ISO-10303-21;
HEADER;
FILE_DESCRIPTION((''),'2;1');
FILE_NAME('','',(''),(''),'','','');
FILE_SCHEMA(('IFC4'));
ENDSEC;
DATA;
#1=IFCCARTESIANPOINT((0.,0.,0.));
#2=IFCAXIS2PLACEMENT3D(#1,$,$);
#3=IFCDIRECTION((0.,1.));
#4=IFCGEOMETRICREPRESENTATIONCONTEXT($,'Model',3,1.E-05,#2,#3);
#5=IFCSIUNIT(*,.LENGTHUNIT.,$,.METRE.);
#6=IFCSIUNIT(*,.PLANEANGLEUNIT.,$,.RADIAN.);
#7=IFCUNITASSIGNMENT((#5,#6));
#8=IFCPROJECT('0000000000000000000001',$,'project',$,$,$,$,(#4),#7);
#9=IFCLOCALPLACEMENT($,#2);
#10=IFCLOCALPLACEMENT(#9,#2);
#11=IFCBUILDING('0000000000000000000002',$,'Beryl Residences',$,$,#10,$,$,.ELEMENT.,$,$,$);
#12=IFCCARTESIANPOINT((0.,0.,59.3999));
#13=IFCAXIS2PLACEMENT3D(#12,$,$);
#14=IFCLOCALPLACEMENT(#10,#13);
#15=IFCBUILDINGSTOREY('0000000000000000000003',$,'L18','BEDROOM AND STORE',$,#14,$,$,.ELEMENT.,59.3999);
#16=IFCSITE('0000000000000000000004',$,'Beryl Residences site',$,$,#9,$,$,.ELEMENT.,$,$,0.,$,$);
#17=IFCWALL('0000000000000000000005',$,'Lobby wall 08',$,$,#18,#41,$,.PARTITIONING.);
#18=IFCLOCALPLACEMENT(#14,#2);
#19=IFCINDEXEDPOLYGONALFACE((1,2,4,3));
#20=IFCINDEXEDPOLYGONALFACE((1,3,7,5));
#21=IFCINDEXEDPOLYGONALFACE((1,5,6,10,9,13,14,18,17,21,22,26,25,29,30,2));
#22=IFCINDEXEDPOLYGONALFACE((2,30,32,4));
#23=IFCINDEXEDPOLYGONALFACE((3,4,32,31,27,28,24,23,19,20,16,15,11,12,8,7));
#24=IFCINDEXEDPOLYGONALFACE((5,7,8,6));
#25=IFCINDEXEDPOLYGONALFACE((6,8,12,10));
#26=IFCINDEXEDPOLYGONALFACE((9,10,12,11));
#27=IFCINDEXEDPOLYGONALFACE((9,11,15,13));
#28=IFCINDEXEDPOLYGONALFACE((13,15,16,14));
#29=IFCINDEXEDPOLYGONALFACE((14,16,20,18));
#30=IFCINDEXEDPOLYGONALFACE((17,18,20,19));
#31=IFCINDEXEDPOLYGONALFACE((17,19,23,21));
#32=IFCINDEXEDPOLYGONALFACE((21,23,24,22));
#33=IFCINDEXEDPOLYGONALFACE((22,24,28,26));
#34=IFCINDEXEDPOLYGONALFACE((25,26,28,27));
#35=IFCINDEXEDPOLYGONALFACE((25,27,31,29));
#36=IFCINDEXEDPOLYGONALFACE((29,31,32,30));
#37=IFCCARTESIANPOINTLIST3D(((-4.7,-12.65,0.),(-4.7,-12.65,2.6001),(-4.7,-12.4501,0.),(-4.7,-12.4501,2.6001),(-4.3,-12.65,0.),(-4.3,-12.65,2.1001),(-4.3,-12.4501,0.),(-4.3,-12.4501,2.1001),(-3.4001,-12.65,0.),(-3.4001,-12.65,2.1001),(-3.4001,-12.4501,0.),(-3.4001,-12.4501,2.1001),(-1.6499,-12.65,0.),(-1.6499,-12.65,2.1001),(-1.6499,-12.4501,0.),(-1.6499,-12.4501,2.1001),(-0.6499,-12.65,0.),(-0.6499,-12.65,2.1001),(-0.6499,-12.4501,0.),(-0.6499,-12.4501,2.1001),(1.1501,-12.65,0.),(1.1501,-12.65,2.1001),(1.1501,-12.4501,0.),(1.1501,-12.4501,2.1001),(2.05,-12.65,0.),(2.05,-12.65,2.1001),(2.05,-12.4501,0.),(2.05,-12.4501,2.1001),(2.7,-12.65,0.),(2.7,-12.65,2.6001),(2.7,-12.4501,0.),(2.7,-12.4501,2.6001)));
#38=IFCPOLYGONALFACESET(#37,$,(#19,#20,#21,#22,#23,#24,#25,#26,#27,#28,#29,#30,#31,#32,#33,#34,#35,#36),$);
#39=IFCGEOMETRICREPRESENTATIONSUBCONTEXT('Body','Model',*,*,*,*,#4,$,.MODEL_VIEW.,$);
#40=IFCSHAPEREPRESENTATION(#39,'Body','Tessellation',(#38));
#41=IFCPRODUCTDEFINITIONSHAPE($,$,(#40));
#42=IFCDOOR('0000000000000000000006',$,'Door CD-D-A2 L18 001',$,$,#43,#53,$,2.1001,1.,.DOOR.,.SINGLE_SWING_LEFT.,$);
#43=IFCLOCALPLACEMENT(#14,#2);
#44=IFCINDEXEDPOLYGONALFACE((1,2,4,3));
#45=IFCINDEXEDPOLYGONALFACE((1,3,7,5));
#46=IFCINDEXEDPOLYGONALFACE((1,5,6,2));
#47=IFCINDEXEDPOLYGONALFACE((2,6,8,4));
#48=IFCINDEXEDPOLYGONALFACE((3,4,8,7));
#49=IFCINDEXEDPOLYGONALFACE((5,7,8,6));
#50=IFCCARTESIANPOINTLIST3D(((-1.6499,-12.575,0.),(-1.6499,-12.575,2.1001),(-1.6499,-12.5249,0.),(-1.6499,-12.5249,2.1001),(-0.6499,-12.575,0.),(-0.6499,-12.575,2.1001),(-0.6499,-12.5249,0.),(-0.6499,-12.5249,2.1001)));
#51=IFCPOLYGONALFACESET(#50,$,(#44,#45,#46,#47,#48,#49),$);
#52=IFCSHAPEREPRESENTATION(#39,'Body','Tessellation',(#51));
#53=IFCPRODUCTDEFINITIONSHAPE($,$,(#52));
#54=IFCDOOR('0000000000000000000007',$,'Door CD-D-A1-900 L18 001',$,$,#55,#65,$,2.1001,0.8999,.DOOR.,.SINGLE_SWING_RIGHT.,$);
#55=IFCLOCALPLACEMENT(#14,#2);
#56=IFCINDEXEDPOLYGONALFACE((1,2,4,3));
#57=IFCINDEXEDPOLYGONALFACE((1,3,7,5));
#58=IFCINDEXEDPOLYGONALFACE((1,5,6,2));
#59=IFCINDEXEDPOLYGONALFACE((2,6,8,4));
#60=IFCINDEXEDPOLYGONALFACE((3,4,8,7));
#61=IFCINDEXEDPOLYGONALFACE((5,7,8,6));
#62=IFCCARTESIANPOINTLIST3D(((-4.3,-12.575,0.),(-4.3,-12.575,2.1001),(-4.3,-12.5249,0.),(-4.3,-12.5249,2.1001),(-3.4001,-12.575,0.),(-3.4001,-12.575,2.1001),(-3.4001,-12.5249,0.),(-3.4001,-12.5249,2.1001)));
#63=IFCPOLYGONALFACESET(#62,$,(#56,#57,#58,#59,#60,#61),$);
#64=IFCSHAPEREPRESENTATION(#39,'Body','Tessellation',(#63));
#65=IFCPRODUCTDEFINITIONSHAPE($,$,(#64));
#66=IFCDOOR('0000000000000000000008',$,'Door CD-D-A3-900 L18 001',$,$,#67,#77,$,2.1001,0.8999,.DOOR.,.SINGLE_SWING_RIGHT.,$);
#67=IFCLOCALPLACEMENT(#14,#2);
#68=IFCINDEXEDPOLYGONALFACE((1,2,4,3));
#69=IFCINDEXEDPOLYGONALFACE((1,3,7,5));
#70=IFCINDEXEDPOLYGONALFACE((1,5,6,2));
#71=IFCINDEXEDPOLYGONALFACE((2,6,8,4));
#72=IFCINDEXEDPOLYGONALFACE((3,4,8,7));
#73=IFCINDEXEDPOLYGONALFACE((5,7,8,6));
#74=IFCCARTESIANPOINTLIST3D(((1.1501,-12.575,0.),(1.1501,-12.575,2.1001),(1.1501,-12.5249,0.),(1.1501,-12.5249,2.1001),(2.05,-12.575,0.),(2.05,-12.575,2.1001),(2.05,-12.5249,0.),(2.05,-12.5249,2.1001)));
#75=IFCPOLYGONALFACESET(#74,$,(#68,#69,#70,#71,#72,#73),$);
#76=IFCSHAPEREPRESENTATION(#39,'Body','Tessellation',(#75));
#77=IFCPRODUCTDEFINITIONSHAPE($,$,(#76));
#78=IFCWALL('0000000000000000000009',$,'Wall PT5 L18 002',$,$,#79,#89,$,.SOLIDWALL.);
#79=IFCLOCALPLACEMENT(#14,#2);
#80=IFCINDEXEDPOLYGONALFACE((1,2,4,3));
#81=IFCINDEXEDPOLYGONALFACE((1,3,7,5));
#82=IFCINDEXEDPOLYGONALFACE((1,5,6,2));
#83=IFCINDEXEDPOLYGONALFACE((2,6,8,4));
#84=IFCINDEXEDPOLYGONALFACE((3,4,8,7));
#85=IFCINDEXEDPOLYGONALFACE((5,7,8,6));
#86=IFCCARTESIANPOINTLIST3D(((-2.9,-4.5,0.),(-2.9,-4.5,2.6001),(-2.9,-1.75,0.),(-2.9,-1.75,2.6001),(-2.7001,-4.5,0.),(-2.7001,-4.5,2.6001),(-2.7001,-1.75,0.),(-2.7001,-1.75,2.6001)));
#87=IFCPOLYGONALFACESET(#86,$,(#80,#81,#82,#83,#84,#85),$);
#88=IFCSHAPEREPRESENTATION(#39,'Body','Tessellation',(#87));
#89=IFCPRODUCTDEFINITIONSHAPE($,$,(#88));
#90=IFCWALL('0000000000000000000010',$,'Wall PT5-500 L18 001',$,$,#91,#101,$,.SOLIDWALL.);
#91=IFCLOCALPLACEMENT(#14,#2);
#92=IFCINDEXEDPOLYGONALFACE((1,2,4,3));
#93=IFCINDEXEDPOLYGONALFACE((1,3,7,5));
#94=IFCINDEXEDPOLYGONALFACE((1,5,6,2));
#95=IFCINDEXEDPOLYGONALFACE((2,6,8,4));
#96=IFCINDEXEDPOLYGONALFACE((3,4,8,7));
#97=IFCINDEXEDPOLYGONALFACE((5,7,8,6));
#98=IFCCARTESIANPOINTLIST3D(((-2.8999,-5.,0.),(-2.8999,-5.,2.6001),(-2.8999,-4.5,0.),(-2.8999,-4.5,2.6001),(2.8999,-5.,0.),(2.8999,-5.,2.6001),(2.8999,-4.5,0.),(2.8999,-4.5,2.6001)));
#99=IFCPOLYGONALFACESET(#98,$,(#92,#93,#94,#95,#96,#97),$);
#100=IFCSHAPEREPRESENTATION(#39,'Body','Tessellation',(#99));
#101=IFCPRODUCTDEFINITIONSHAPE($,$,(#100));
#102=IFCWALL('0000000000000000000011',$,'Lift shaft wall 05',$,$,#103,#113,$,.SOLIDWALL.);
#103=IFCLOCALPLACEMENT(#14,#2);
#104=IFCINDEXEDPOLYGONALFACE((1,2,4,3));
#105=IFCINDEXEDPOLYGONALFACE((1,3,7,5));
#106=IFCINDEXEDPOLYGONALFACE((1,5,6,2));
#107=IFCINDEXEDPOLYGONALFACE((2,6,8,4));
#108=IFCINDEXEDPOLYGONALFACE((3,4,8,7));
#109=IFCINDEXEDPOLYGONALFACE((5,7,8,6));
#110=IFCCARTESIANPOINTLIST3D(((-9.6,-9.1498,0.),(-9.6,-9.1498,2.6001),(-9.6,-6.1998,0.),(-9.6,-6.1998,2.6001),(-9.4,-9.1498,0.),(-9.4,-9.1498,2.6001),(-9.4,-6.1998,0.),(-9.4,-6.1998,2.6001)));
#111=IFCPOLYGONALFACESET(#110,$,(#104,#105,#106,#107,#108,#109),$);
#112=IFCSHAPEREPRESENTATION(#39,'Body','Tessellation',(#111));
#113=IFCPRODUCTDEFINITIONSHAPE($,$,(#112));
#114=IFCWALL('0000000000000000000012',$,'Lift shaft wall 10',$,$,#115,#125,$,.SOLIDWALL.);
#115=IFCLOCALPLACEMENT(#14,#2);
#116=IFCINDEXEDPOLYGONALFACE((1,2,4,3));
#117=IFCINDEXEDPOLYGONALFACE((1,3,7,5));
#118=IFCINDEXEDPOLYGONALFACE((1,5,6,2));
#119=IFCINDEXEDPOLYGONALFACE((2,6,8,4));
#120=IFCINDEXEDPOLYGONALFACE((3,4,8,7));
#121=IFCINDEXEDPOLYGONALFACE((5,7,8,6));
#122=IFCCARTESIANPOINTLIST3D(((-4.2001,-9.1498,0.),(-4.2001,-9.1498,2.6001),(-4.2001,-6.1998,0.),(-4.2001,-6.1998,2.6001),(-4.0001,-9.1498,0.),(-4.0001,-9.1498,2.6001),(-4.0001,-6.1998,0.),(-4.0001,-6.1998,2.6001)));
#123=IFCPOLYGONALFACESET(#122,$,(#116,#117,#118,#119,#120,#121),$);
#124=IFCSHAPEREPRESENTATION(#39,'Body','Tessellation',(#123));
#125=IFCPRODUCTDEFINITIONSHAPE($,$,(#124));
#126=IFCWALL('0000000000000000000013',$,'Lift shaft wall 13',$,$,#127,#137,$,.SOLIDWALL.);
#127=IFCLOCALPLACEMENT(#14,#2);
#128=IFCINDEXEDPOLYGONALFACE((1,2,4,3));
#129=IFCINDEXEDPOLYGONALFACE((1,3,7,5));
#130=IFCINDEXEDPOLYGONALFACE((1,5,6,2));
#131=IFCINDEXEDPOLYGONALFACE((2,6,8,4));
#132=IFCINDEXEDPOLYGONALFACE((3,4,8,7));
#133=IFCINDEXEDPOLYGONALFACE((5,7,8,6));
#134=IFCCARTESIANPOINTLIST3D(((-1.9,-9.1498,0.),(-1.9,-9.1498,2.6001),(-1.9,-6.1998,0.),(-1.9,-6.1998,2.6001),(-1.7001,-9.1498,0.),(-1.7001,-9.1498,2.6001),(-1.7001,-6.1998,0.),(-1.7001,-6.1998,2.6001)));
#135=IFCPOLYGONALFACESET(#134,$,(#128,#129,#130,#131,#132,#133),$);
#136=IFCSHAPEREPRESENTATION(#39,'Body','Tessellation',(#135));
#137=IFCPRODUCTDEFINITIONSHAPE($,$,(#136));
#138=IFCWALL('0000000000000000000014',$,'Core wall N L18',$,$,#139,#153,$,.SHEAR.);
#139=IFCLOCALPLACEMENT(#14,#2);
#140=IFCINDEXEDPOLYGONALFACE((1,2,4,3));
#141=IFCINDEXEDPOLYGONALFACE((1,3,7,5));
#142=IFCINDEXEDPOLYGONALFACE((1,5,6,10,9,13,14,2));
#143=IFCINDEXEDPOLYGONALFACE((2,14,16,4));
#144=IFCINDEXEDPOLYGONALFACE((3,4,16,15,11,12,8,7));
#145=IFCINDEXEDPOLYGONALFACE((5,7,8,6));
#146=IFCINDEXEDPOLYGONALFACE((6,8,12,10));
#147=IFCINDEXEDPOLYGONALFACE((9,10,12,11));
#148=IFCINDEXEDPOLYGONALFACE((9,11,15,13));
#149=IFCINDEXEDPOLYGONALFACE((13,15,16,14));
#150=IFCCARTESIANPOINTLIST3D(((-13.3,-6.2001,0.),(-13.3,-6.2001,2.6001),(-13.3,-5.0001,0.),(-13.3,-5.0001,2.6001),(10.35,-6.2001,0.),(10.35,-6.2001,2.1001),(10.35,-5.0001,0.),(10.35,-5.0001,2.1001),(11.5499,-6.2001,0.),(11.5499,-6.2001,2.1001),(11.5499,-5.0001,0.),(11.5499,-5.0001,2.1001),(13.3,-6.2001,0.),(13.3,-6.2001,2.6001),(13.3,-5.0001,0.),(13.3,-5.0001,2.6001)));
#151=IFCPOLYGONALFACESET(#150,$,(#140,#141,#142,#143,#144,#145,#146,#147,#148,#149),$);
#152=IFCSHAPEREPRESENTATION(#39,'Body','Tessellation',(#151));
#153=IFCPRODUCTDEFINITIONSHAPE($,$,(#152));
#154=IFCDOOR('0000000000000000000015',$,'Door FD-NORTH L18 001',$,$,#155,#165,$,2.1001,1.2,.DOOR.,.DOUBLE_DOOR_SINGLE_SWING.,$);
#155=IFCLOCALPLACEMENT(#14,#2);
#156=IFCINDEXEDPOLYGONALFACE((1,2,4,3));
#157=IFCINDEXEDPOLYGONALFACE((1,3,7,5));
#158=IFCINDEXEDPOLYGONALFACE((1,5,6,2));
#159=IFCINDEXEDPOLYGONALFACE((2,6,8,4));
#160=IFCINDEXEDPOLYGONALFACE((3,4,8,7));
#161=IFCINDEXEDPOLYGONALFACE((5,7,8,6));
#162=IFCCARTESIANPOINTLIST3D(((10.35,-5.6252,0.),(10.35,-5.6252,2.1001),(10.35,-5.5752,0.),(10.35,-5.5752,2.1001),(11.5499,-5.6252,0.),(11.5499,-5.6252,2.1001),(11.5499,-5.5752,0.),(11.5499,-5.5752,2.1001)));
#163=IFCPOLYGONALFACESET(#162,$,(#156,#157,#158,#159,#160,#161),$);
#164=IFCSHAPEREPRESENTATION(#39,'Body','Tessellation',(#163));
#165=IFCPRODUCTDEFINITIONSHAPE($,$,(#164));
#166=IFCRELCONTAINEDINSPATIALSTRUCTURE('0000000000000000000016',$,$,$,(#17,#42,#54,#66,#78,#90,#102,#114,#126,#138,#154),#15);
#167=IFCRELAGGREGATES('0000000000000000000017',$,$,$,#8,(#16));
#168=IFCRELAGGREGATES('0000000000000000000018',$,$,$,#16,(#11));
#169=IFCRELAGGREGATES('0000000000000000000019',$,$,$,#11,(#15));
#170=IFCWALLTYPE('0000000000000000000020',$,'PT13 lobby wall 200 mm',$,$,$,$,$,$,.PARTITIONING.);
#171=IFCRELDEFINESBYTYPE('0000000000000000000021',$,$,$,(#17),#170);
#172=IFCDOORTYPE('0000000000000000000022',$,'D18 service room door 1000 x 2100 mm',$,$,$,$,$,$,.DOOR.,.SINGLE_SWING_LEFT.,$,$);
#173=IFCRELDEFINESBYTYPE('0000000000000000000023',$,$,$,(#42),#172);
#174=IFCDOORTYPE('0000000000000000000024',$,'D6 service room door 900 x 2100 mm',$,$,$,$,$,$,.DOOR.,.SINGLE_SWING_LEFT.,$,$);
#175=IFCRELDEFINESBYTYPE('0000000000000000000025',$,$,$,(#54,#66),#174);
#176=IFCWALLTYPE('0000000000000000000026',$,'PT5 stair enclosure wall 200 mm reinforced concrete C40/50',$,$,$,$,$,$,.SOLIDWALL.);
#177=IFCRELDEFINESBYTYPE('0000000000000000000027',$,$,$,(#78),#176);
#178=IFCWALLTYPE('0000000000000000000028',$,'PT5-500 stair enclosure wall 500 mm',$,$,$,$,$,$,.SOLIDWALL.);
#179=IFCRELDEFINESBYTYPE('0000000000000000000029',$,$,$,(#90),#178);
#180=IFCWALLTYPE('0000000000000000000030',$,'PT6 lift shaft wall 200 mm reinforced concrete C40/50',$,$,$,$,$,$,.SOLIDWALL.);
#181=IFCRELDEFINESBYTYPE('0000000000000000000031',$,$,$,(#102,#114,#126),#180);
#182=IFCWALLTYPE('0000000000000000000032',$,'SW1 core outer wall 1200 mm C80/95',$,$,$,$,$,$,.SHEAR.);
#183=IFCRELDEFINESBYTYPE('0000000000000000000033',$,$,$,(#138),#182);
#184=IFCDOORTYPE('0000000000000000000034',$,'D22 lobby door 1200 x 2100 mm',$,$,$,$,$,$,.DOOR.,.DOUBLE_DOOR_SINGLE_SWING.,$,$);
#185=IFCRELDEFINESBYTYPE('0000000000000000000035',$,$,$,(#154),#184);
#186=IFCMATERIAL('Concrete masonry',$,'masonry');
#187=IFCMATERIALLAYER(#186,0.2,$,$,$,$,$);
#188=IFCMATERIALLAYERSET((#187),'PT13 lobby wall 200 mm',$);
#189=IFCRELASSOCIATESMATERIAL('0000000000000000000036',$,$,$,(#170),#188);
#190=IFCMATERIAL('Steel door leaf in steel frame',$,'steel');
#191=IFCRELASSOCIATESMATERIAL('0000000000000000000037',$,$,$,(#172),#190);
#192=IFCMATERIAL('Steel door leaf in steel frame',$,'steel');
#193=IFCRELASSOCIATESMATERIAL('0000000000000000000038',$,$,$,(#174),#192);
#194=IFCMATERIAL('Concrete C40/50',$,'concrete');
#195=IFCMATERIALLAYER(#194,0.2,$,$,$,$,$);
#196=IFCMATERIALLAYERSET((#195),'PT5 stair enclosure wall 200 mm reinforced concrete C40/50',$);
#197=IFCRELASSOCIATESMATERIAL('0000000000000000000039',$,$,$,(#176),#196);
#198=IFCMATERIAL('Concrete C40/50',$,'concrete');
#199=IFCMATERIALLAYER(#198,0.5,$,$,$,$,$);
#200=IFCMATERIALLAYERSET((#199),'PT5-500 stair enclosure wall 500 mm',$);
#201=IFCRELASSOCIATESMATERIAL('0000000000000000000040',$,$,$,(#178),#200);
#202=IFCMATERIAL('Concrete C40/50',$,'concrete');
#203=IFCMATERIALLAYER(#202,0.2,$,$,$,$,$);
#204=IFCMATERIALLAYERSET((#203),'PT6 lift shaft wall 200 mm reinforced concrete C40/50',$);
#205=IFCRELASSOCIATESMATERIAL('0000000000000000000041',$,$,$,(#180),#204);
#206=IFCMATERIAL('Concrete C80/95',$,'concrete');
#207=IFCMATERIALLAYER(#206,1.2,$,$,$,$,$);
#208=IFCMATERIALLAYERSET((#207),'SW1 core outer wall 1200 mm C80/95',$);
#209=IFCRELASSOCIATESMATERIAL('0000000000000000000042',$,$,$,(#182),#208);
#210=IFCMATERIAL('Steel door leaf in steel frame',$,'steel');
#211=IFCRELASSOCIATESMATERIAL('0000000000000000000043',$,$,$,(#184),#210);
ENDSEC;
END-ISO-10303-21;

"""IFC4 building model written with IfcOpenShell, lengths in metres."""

from ifc_helpers import new_model, si_unit, direction, frame, frame_2d, origin, place, context, subcontext, project, spatial, rectangle, extrude, material, layer, layer_set, type_object, element, fill, save


model = new_model("IFC4")

# Units and contexts
model_context = context("Model", 3, precision=1e-05, world=origin(), true_north=direction((0.0, 1.0)))
body_context = subcontext(model_context, "Body", "Model", "MODEL_VIEW")
ifc_project = project(units=[si_unit("LENGTHUNIT", "METRE"), si_unit("PLANEANGLEUNIT", "RADIAN")], contexts=[model_context])

# Site, building, storey
site_placement = place(None, origin())
site = spatial("IfcSite", under=ifc_project, at=site_placement, Name="Beryl Residences site", CompositionType="ELEMENT", RefElevation=0.0)
building_placement = place(site_placement, origin())
building = spatial("IfcBuilding", under=site, at=building_placement, Name="Beryl Residences", CompositionType="ELEMENT")
storey_placement = place(building_placement, frame((0.0, 0.0, 59.3999)))
storey = spatial("IfcBuildingStorey", under=building, at=storey_placement, Name="L18", Description="BEDROOM AND STORE", CompositionType="ELEMENT", Elevation=59.3999)

# Wall, openings, doors
ifc_material_1 = material(Name="Concrete masonry", Category="masonry")
ifc_layer_1 = layer(ifc_material_1, 0.2)
ifc_layer_set_1 = layer_set([ifc_layer_1], Name="PT13 lobby wall 200 mm")
wall_type_1 = type_object("IfcWallType", Name="PT13 lobby wall 200 mm", PredefinedType="PARTITIONING", material=ifc_layer_set_1)
wall_1_placement = place(storey_placement, frame((-4.7, -12.55, 0.0), z_axis=(0.0, 0.0, 1.0), x_axis=(1.0, 0.0, 0.0)))
wall_1 = element("IfcWall", 1, at=wall_1_placement, inside=storey, type_object=wall_type_1, Name="Lobby wall 08", PredefinedType="PARTITIONING", context=body_context, shape_type="SweptSolid", body=[
    extrude(rectangle(XDim=7.3999, YDim=0.2, at=frame_2d((3.7, 0.0))), origin(), (0.0, 0.0, 1.0), 2.6001),
])
opening_1_placement = place(wall_1_placement, frame((1.2998, 0.0, 0.0), z_axis=(0.0, 0.0, 1.0), x_axis=(-1.0, 0.0, 0.0)))
opening_1 = element("IfcOpeningElement", 2, at=opening_1_placement, cuts=wall_1, PredefinedType="OPENING", context=body_context, shape_type="SweptSolid", body=[
    extrude(rectangle(XDim=0.8999, YDim=2.1001, at=frame_2d((0.45, 1.05))), frame((0.0, 0.1099, 0.0), z_axis=(0.0, -1.0, 0.0), x_axis=(1.0, 0.0, 0.0)), (0.0, 0.0, 1.0), 0.22),
])
opening_2_placement = place(wall_1_placement, frame((4.05, 0.0, 0.0), z_axis=(0.0, 0.0, 1.0), x_axis=(-1.0, 0.0, 0.0)))
opening_2 = element("IfcOpeningElement", 3, at=opening_2_placement, cuts=wall_1, PredefinedType="OPENING", context=body_context, shape_type="SweptSolid", body=[
    extrude(rectangle(XDim=1.0, YDim=2.1001, at=frame_2d((0.5, 1.05))), frame((0.0, 0.1099, 0.0), z_axis=(0.0, -1.0, 0.0), x_axis=(1.0, 0.0, 0.0)), (0.0, 0.0, 1.0), 0.22),
])
opening_3_placement = place(wall_1_placement, frame((6.75, 0.0, 0.0), z_axis=(0.0, 0.0, 1.0), x_axis=(-1.0, 0.0, 0.0)))
opening_3 = element("IfcOpeningElement", 4, at=opening_3_placement, cuts=wall_1, PredefinedType="OPENING", context=body_context, shape_type="SweptSolid", body=[
    extrude(rectangle(XDim=0.8999, YDim=2.1001, at=frame_2d((0.45, 1.05))), frame((0.0, 0.1099, 0.0), z_axis=(0.0, -1.0, 0.0), x_axis=(1.0, 0.0, 0.0)), (0.0, 0.0, 1.0), 0.22),
])
ifc_material_2 = material(Name="Steel door leaf in steel frame", Category="steel")
door_type_1 = type_object("IfcDoorType", Name="D18 service room door 1000 x 2100 mm", OperationType="SINGLE_SWING_LEFT", PredefinedType="DOOR", material=ifc_material_2)
door_1_placement = place(opening_2_placement, origin())
door_1 = element("IfcDoor", 5, at=door_1_placement, inside=storey, type_object=door_type_1, Name="Door CD-D-A2 L18 001", OperationType="SINGLE_SWING_LEFT", OverallHeight=2.1001, OverallWidth=1.0, PredefinedType="DOOR", context=body_context, shape_type="SweptSolid", body=[
    extrude(rectangle(XDim=1.0, YDim=2.1001, at=frame_2d((0.5, 1.05))), frame((0.0, 0.0249, 0.0), z_axis=(0.0, -1.0, 0.0), x_axis=(1.0, 0.0, 0.0)), (0.0, 0.0, 1.0), 0.05),
])
fill(opening_2, door_1)
ifc_material_3 = material(Name="Steel door leaf in steel frame", Category="steel")
door_type_2 = type_object("IfcDoorType", Name="D6 service room door 900 x 2100 mm", OperationType="SINGLE_SWING_LEFT", PredefinedType="DOOR", material=ifc_material_3)
door_2_placement = place(opening_1_placement, origin())
door_2 = element("IfcDoor", 6, at=door_2_placement, inside=storey, type_object=door_type_2, Name="Door CD-D-A1-900 L18 001", OperationType="SINGLE_SWING_RIGHT", OverallHeight=2.1001, OverallWidth=0.8999, PredefinedType="DOOR", context=body_context, shape_type="SweptSolid", body=[
    extrude(rectangle(XDim=0.8999, YDim=2.1001, at=frame_2d((0.45, 1.05))), frame((0.0, 0.0249, 0.0), z_axis=(0.0, -1.0, 0.0), x_axis=(1.0, 0.0, 0.0)), (0.0, 0.0, 1.0), 0.05),
])
fill(opening_1, door_2)
door_3_placement = place(opening_3_placement, origin())
door_3 = element("IfcDoor", 7, at=door_3_placement, inside=storey, type_object=door_type_2, Name="Door CD-D-A3-900 L18 001", OperationType="SINGLE_SWING_RIGHT", OverallHeight=2.1001, OverallWidth=0.8999, PredefinedType="DOOR", context=body_context, shape_type="SweptSolid", body=[
    extrude(rectangle(XDim=0.8999, YDim=2.1001, at=frame_2d((0.45, 1.05))), frame((0.0, 0.0249, 0.0), z_axis=(0.0, -1.0, 0.0), x_axis=(1.0, 0.0, 0.0)), (0.0, 0.0, 1.0), 0.05),
])
fill(opening_3, door_3)

# Walls
ifc_material_4 = material(Name="Concrete C40/50", Category="concrete")
ifc_layer_2 = layer(ifc_material_4, 0.2)
ifc_layer_set_2 = layer_set([ifc_layer_2], Name="PT5 stair enclosure wall 200 mm reinforced concrete C40/50")
wall_type_2 = type_object("IfcWallType", Name="PT5 stair enclosure wall 200 mm reinforced concrete C40/50", PredefinedType="SOLIDWALL", material=ifc_layer_set_2)
wall_2_placement = place(storey_placement, frame((-2.8, -4.5, 0.0), z_axis=(0.0, 0.0, 1.0), x_axis=(0.0, 1.0, 0.0)))
element("IfcWall", 8, at=wall_2_placement, inside=storey, type_object=wall_type_2, Name="Wall PT5 L18 002", PredefinedType="SOLIDWALL", context=body_context, shape_type="SweptSolid", body=[
    extrude(rectangle(XDim=2.75, YDim=0.2, at=frame_2d((1.375, 0.0))), origin(), (0.0, 0.0, 1.0), 2.6001),
])
ifc_material_5 = material(Name="Concrete C40/50", Category="concrete")
ifc_layer_3 = layer(ifc_material_5, 0.5)
ifc_layer_set_3 = layer_set([ifc_layer_3], Name="PT5-500 stair enclosure wall 500 mm")
wall_type_3 = type_object("IfcWallType", Name="PT5-500 stair enclosure wall 500 mm", PredefinedType="SOLIDWALL", material=ifc_layer_set_3)
wall_3_placement = place(storey_placement, frame((-2.8999, -4.75, 0.0), z_axis=(0.0, 0.0, 1.0), x_axis=(1.0, 0.0, 0.0)))
element("IfcWall", 9, at=wall_3_placement, inside=storey, type_object=wall_type_3, Name="Wall PT5-500 L18 001", PredefinedType="SOLIDWALL", context=body_context, shape_type="SweptSolid", body=[
    extrude(rectangle(XDim=5.7998, YDim=0.5, at=frame_2d((2.8999, 0.0))), origin(), (0.0, 0.0, 1.0), 2.6001),
])
ifc_material_6 = material(Name="Concrete C40/50", Category="concrete")
ifc_layer_4 = layer(ifc_material_6, 0.2)
ifc_layer_set_4 = layer_set([ifc_layer_4], Name="PT6 lift shaft wall 200 mm reinforced concrete C40/50")
wall_type_4 = type_object("IfcWallType", Name="PT6 lift shaft wall 200 mm reinforced concrete C40/50", PredefinedType="SOLIDWALL", material=ifc_layer_set_4)
for number, where, z_axis, x_axis, name in (
    (10, (-9.5, -9.1499, 0.0), (0.0, 0.0, 1.0), (0.0, 1.0, 0.0), "Lift shaft wall 05"),
    (11, (-4.1001, -9.1499, 0.0), (0.0, 0.0, 1.0), (0.0, 1.0, 0.0), "Lift shaft wall 10"),
    (12, (-1.8, -9.1499, 0.0), (0.0, 0.0, 1.0), (0.0, 1.0, 0.0), "Lift shaft wall 13"),
):
    element("IfcWall", number, at=place(storey_placement, frame(where, z_axis=z_axis, x_axis=x_axis)), inside=storey, type_object=wall_type_4, Name=name, PredefinedType="SOLIDWALL", context=body_context, shape_type="SweptSolid", body=[
        extrude(rectangle(XDim=2.95, YDim=0.2, at=frame_2d((1.4751, 0.0))), origin(), (0.0, 0.0, 1.0), 2.6001),
    ])

# Wall, opening, door
ifc_material_7 = material(Name="Concrete C80/95", Category="concrete")
ifc_layer_5 = layer(ifc_material_7, 1.2)
ifc_layer_set_5 = layer_set([ifc_layer_5], Name="SW1 core outer wall 1200 mm C80/95")
wall_type_5 = type_object("IfcWallType", Name="SW1 core outer wall 1200 mm C80/95", PredefinedType="SHEAR", material=ifc_layer_set_5)
wall_4_placement = place(storey_placement, frame((-13.3, -5.6001, 0.0), z_axis=(0.0, 0.0, 1.0), x_axis=(1.0, 0.0, 0.0)))
wall_4 = element("IfcWall", 13, at=wall_4_placement, inside=storey, type_object=wall_type_5, Name="Core wall N L18", PredefinedType="SHEAR", context=body_context, shape_type="SweptSolid", body=[
    extrude(rectangle(XDim=26.6001, YDim=1.2, at=frame_2d((13.3, 0.0))), origin(), (0.0, 0.0, 1.0), 2.6001),
])
opening_4_placement = place(wall_4_placement, frame((23.6499, 0.0, 0.0)))
opening_4 = element("IfcOpeningElement", 14, at=opening_4_placement, cuts=wall_4, PredefinedType="OPENING", context=body_context, shape_type="SweptSolid", body=[
    extrude(rectangle(XDim=1.2, YDim=2.1001, at=frame_2d((0.6001, 1.05))), frame((0.0, 0.6099, 0.0), z_axis=(0.0, -1.0, 0.0), x_axis=(1.0, 0.0, 0.0)), (0.0, 0.0, 1.0), 1.22),
])
ifc_material_8 = material(Name="Steel door leaf in steel frame", Category="steel")
door_type_3 = type_object("IfcDoorType", Name="D22 lobby door 1200 x 2100 mm", OperationType="DOUBLE_DOOR_SINGLE_SWING", PredefinedType="DOOR", material=ifc_material_8)
door_4_placement = place(opening_4_placement, origin())
door_4 = element("IfcDoor", 15, at=door_4_placement, inside=storey, type_object=door_type_3, Name="Door FD-NORTH L18 001", OperationType="DOUBLE_DOOR_SINGLE_SWING", OverallHeight=2.1001, OverallWidth=1.2, PredefinedType="DOOR", context=body_context, shape_type="SweptSolid", body=[
    extrude(rectangle(XDim=1.2, YDim=2.1001, at=frame_2d((0.6001, 1.05))), frame((0.0, 0.0249, 0.0), z_axis=(0.0, -1.0, 0.0), x_axis=(1.0, 0.0, 0.0)), (0.0, 0.0, 1.0), 0.05),
])
fill(opening_4, door_4)

save(model, "model.ifc")
